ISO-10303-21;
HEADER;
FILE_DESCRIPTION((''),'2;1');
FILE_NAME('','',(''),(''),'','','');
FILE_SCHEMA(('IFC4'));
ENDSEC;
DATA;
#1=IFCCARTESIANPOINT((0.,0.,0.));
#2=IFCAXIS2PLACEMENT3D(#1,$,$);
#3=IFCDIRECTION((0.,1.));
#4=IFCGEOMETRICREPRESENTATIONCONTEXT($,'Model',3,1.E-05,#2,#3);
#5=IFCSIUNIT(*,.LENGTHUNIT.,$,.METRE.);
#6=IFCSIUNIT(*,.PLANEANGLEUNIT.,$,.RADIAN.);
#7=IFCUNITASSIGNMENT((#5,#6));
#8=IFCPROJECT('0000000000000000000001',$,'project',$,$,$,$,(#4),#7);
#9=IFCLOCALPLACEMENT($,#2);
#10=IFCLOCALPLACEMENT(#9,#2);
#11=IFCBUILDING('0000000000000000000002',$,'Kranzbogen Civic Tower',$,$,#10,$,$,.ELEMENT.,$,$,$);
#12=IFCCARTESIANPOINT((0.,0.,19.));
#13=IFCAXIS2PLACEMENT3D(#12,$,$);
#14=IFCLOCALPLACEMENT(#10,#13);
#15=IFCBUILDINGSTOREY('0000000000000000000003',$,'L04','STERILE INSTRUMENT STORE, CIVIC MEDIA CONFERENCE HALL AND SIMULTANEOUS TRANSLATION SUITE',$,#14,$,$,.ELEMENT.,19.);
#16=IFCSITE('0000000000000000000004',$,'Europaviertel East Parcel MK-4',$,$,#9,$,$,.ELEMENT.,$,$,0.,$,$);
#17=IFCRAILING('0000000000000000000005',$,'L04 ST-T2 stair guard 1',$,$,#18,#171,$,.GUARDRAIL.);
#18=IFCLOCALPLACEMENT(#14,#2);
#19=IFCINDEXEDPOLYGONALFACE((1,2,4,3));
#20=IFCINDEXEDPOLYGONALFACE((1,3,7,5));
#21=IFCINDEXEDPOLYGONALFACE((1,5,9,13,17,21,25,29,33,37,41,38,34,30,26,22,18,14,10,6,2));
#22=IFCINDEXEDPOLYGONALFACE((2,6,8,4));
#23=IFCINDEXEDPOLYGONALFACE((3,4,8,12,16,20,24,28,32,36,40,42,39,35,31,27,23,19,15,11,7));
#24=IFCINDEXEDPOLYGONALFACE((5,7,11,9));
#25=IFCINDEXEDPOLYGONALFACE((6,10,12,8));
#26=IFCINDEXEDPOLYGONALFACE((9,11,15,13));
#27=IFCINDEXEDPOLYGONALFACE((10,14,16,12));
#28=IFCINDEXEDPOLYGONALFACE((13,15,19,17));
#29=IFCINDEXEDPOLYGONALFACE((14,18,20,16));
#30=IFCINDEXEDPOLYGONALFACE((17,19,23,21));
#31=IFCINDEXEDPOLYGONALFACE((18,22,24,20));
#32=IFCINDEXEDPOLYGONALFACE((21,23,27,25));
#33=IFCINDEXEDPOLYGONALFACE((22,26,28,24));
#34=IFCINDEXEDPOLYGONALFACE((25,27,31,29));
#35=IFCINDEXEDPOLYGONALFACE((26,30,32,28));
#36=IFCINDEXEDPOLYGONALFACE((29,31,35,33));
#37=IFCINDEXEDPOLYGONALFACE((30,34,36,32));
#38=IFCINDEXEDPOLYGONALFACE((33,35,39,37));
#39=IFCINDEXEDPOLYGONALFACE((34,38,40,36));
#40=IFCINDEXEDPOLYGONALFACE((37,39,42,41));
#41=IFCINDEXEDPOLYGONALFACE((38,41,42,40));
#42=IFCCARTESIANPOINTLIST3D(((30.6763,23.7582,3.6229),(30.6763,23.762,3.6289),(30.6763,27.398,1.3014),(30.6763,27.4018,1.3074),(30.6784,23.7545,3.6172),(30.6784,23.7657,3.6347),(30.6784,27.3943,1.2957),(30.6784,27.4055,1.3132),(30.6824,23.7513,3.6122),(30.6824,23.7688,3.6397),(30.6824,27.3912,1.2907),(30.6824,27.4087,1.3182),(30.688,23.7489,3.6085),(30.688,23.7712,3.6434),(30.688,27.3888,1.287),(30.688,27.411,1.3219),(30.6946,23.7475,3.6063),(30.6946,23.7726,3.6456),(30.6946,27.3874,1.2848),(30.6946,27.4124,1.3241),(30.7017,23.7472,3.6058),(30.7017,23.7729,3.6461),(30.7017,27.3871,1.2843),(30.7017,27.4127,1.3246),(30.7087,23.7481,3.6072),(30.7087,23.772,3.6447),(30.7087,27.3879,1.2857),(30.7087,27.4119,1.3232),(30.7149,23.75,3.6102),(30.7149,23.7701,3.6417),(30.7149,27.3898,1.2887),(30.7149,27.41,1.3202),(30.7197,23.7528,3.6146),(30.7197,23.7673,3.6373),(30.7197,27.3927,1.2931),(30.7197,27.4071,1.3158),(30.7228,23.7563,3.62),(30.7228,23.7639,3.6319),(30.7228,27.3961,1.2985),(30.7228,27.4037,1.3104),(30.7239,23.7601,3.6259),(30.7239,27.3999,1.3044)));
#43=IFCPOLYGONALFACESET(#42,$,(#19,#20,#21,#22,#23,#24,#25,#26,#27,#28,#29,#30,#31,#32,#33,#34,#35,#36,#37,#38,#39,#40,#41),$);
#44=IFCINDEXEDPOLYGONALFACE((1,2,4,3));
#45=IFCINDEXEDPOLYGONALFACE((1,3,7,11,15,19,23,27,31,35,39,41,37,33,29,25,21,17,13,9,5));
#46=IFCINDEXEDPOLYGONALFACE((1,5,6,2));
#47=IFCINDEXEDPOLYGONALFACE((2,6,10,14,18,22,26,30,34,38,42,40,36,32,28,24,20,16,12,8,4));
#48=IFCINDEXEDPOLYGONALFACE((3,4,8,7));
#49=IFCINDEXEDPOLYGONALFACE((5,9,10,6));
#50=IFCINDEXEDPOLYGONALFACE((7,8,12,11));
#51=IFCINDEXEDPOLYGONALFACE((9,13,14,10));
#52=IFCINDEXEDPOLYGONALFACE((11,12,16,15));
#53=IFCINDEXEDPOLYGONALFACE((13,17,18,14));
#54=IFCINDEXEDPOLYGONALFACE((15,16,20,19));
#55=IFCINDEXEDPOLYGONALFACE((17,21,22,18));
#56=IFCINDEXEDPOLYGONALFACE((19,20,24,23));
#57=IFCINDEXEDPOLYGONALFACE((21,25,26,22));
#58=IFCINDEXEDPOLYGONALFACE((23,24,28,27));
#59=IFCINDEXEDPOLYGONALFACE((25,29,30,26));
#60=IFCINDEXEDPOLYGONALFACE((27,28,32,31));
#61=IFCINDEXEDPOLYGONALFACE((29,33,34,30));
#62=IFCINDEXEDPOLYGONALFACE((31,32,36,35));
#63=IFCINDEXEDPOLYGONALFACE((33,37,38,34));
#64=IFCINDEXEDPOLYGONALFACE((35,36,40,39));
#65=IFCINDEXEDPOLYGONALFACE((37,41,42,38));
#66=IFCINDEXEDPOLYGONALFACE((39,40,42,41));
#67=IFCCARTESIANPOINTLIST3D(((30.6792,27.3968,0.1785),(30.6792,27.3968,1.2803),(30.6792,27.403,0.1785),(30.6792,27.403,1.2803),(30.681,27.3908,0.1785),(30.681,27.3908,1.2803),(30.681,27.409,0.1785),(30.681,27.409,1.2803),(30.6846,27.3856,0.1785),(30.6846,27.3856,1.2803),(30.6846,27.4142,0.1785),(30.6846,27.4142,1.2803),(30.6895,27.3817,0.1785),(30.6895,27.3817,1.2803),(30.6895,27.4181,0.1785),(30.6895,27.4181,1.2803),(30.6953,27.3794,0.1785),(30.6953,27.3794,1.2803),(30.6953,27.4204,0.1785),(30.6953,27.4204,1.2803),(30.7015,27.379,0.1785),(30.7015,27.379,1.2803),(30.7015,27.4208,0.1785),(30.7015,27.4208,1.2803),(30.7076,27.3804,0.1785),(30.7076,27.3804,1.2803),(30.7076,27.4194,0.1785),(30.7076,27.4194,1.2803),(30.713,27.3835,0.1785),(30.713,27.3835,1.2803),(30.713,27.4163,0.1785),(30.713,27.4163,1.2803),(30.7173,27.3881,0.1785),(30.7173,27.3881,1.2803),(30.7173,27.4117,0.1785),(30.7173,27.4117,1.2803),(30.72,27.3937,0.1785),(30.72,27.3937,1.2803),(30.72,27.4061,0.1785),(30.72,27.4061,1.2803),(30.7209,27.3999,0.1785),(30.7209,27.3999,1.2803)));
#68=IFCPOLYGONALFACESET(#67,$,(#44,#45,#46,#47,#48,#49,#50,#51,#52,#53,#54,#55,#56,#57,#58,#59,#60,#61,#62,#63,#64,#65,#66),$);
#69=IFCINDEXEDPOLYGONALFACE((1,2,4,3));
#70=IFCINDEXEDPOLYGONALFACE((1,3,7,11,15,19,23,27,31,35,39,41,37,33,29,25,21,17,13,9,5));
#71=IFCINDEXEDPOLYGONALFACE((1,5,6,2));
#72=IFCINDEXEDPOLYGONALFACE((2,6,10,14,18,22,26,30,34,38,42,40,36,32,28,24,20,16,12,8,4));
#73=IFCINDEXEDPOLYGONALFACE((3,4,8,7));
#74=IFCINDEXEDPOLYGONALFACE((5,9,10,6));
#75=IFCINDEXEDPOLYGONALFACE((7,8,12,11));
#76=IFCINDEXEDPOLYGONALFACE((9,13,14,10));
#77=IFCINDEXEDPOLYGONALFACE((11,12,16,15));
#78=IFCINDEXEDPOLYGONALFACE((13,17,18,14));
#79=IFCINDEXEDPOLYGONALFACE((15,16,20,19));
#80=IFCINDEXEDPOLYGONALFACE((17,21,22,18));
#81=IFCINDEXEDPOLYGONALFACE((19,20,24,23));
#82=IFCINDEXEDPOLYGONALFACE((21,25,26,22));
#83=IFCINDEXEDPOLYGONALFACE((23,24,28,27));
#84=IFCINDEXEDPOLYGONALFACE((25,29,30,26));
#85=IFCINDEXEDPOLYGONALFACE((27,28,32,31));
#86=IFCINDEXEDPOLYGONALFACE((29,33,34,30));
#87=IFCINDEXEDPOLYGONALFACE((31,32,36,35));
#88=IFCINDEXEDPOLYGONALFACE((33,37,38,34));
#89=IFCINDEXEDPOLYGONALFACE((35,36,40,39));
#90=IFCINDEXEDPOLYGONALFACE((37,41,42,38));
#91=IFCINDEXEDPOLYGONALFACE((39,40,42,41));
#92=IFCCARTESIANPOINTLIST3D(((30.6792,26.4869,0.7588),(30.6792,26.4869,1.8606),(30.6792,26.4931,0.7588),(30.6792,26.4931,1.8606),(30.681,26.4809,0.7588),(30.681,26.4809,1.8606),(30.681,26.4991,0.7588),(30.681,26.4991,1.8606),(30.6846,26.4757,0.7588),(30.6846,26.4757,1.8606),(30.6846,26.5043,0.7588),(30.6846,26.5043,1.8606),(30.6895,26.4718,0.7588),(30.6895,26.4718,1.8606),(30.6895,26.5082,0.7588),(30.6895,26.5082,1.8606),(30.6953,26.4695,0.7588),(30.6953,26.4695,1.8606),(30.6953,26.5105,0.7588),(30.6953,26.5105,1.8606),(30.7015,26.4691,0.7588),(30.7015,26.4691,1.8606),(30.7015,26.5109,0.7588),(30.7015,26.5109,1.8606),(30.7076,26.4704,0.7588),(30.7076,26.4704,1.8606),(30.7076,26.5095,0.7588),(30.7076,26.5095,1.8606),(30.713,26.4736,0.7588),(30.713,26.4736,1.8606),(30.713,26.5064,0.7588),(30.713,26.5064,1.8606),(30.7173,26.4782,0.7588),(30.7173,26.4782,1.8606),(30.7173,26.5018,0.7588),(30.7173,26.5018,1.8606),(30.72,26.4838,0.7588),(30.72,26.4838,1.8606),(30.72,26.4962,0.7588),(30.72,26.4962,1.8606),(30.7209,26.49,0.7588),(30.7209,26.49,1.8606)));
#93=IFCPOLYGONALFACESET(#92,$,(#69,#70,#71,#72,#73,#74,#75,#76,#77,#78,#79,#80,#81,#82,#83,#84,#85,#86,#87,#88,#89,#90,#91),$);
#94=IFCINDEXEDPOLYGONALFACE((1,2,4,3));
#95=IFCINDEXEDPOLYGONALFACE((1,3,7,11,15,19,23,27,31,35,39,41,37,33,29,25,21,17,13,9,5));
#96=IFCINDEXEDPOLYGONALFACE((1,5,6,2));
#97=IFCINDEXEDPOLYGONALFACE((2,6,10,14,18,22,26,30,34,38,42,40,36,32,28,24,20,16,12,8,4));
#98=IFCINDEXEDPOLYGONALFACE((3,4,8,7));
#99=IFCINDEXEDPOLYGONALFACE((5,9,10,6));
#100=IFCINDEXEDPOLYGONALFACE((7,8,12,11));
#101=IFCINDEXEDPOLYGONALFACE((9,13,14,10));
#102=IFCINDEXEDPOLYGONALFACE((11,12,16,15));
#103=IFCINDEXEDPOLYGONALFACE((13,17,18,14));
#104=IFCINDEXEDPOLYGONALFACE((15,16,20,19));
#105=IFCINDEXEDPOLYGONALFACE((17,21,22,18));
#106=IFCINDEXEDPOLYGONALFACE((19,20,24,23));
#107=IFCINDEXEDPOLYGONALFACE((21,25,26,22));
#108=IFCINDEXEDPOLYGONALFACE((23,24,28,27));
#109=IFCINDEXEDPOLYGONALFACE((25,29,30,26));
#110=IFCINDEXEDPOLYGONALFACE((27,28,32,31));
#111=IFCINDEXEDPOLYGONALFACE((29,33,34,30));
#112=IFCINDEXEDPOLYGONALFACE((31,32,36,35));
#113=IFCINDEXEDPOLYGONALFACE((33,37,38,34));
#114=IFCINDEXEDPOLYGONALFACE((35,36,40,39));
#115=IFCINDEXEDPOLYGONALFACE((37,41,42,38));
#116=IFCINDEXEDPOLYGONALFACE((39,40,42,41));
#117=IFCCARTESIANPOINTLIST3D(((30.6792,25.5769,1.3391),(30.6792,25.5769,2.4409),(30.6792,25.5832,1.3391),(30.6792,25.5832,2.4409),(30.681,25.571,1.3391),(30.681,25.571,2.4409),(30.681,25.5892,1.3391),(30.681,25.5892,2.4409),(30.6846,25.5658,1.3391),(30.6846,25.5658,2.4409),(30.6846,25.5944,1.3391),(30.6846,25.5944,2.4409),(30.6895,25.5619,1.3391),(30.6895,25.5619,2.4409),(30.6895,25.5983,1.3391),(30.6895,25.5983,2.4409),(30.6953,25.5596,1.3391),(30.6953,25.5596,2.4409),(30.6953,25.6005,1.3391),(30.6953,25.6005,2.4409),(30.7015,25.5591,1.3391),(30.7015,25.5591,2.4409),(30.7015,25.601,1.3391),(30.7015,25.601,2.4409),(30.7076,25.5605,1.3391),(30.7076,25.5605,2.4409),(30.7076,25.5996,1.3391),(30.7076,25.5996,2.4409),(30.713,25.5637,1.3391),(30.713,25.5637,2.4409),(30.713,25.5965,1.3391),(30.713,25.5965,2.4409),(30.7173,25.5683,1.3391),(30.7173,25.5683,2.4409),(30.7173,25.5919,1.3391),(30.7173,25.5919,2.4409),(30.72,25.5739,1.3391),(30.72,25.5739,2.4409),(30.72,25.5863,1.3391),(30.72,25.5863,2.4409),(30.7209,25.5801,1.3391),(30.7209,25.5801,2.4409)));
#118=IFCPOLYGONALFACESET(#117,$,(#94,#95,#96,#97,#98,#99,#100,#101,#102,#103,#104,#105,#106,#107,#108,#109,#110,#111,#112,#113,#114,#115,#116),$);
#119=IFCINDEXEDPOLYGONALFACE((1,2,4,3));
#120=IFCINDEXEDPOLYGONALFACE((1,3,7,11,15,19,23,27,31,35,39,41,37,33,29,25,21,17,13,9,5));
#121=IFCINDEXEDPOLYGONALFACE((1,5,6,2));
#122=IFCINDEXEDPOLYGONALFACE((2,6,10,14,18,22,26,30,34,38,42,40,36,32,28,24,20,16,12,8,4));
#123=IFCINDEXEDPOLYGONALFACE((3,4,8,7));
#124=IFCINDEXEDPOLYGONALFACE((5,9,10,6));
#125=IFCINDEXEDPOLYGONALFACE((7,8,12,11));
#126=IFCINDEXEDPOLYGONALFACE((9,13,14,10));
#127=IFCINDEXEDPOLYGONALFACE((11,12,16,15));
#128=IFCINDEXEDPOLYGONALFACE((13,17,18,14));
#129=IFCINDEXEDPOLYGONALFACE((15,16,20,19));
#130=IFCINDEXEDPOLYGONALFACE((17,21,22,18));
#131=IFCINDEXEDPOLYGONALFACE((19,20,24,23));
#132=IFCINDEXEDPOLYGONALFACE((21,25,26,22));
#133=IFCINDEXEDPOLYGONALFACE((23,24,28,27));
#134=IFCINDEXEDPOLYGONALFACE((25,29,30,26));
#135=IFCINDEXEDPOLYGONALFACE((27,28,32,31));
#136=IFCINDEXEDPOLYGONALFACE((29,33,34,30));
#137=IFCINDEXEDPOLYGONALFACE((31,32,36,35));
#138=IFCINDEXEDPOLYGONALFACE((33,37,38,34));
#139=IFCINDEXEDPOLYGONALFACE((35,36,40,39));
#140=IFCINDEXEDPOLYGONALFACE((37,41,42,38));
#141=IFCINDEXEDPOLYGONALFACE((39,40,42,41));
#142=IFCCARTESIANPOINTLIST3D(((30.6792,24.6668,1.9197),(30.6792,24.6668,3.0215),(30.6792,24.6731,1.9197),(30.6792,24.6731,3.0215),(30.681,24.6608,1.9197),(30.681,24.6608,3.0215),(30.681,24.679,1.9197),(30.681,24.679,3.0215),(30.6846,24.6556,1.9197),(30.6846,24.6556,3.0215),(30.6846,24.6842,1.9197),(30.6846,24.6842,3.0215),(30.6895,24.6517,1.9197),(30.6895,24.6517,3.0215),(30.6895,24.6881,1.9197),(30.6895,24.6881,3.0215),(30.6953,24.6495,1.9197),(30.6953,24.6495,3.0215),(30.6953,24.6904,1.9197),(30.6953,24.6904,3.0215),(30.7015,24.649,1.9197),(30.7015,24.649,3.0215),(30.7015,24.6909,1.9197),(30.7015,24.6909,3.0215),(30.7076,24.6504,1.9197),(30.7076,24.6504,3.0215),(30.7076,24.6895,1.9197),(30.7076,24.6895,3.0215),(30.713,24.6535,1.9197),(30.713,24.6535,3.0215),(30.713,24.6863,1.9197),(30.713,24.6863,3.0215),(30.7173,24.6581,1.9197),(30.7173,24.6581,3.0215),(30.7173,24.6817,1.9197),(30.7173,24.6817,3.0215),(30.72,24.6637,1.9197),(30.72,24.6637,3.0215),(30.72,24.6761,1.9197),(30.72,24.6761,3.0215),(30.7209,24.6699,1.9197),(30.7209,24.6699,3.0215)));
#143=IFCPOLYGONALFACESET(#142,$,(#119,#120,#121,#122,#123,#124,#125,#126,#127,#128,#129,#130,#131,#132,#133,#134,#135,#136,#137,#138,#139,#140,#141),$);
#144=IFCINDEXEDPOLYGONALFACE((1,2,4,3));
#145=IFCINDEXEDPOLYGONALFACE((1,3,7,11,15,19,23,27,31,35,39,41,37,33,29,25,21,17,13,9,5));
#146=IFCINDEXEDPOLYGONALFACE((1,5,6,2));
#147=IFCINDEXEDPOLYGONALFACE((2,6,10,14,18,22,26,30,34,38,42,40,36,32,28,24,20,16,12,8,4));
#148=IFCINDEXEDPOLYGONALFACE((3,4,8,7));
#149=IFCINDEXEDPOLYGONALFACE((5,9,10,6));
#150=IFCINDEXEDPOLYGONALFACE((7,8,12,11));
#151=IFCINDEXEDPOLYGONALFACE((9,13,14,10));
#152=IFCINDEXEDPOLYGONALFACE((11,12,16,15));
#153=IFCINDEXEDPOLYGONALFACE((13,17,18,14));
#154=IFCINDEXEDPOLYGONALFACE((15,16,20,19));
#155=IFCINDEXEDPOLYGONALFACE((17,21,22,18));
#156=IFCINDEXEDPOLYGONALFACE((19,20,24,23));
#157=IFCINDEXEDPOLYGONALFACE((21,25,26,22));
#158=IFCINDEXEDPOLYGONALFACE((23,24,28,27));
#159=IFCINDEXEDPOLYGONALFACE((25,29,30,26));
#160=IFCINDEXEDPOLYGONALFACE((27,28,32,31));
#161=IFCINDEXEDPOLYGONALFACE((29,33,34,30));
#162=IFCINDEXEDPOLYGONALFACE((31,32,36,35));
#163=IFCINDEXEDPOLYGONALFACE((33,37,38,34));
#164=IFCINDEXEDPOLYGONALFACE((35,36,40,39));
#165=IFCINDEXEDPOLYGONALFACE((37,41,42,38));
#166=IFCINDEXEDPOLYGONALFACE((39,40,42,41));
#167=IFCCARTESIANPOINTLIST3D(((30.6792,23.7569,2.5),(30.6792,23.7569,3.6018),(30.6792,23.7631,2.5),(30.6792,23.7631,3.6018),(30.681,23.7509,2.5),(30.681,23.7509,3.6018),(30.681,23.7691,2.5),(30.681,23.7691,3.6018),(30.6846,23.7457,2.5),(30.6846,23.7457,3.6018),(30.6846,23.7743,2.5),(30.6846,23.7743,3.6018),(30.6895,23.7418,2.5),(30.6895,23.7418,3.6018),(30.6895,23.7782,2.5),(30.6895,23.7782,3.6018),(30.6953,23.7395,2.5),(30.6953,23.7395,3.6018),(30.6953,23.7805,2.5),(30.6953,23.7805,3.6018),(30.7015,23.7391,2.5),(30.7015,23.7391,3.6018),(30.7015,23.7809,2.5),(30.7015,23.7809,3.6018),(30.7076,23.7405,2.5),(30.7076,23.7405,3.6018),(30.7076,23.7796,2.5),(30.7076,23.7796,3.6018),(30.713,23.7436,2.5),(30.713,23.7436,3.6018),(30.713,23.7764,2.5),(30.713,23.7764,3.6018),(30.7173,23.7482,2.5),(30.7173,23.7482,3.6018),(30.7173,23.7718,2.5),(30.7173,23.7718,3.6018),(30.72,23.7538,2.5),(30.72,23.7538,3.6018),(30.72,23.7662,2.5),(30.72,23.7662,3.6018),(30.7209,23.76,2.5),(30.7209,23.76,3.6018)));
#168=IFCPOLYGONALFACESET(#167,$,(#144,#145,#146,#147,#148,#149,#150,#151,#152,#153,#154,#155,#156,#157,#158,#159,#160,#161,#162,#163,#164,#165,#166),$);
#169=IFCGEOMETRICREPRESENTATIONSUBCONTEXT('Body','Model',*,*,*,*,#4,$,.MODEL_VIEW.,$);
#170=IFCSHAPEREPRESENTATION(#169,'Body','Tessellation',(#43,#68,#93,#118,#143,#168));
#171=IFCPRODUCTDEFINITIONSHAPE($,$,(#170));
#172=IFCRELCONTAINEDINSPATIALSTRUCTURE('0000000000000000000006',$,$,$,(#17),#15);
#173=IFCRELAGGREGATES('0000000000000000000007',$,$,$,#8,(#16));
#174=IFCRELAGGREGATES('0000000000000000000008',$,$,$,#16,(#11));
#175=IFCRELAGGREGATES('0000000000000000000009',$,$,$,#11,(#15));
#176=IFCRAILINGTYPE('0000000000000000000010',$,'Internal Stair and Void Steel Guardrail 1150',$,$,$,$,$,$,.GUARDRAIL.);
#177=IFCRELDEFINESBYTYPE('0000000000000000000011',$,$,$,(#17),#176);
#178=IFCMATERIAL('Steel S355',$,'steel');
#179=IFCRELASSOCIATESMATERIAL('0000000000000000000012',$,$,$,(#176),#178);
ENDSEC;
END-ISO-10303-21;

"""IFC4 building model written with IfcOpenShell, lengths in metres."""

from ifc_helpers import new_model, si_unit, direction, frame, origin, origin_2d, place, context, subcontext, project, spatial, circle, extrude, material, type_object, element, save


model = new_model("IFC4")

# Units and contexts
model_context = context("Model", 3, precision=1e-05, world=origin(), true_north=direction((0.0, 1.0)))
body_context = subcontext(model_context, "Body", "Model", "MODEL_VIEW")
ifc_project = project(units=[si_unit("LENGTHUNIT", "METRE"), si_unit("PLANEANGLEUNIT", "RADIAN")], contexts=[model_context])

# Site, building, storey
site_placement = place(None, origin())
site = spatial("IfcSite", under=ifc_project, at=site_placement, Name="Europaviertel East Parcel MK-4", CompositionType="ELEMENT", RefElevation=0.0)
building_placement = place(site_placement, origin())
building = spatial("IfcBuilding", under=site, at=building_placement, Name="Kranzbogen Civic Tower", CompositionType="ELEMENT")
storey_placement = place(building_placement, frame((0.0, 0.0, 19.0)))
storey = spatial("IfcBuildingStorey", under=building, at=storey_placement, Name="L04", Description="STERILE INSTRUMENT STORE, CIVIC MEDIA CONFERENCE HALL AND SIMULTANEOUS TRANSLATION SUITE", CompositionType="ELEMENT", Elevation=19.0)

# Shared definitions
ifc_material_1 = material(Name="Steel S355", Category="steel")

# Railing
railing_type_1 = type_object("IfcRailingType", Name="Internal Stair and Void Steel Guardrail 1150", PredefinedType="GUARDRAIL", material=ifc_material_1)
railing_1_placement = place(storey_placement, frame((30.7, 27.3999, 0.1785)))
element("IfcRailing", 1, at=railing_1_placement, inside=storey, type_object=railing_type_1, Name="L04 ST-T2 stair guard 1", PredefinedType="GUARDRAIL", context=body_context, shape_type="SweptSolid", body=[
    extrude(circle(Radius=0.0239, at=origin_2d()), frame((0.0, 0.0, 1.126), z_axis=(0.0, -0.843112, 0.537739), x_axis=(1.0, 0.0, 0.0)), (0.0, 0.0, 1.0), 4.3171),
    extrude(circle(Radius=0.021, at=origin_2d()), origin(), (0.0, 0.0, 1.0), 1.1018),
    extrude(circle(Radius=0.021, at=origin_2d()), frame((0.0, -0.9099, 0.5803)), (0.0, 0.0, 1.0), 1.1018),
    extrude(circle(Radius=0.021, at=origin_2d()), frame((0.0, -1.8198, 1.1606)), (0.0, 0.0, 1.0), 1.1018),
    extrude(circle(Radius=0.021, at=origin_2d()), frame((0.0, -2.73, 1.7412)), (0.0, 0.0, 1.0), 1.1018),
    extrude(circle(Radius=0.021, at=origin_2d()), frame((0.0, -3.6399, 2.3215)), (0.0, 0.0, 1.0), 1.1018),
])

save(model, "model.ifc")
